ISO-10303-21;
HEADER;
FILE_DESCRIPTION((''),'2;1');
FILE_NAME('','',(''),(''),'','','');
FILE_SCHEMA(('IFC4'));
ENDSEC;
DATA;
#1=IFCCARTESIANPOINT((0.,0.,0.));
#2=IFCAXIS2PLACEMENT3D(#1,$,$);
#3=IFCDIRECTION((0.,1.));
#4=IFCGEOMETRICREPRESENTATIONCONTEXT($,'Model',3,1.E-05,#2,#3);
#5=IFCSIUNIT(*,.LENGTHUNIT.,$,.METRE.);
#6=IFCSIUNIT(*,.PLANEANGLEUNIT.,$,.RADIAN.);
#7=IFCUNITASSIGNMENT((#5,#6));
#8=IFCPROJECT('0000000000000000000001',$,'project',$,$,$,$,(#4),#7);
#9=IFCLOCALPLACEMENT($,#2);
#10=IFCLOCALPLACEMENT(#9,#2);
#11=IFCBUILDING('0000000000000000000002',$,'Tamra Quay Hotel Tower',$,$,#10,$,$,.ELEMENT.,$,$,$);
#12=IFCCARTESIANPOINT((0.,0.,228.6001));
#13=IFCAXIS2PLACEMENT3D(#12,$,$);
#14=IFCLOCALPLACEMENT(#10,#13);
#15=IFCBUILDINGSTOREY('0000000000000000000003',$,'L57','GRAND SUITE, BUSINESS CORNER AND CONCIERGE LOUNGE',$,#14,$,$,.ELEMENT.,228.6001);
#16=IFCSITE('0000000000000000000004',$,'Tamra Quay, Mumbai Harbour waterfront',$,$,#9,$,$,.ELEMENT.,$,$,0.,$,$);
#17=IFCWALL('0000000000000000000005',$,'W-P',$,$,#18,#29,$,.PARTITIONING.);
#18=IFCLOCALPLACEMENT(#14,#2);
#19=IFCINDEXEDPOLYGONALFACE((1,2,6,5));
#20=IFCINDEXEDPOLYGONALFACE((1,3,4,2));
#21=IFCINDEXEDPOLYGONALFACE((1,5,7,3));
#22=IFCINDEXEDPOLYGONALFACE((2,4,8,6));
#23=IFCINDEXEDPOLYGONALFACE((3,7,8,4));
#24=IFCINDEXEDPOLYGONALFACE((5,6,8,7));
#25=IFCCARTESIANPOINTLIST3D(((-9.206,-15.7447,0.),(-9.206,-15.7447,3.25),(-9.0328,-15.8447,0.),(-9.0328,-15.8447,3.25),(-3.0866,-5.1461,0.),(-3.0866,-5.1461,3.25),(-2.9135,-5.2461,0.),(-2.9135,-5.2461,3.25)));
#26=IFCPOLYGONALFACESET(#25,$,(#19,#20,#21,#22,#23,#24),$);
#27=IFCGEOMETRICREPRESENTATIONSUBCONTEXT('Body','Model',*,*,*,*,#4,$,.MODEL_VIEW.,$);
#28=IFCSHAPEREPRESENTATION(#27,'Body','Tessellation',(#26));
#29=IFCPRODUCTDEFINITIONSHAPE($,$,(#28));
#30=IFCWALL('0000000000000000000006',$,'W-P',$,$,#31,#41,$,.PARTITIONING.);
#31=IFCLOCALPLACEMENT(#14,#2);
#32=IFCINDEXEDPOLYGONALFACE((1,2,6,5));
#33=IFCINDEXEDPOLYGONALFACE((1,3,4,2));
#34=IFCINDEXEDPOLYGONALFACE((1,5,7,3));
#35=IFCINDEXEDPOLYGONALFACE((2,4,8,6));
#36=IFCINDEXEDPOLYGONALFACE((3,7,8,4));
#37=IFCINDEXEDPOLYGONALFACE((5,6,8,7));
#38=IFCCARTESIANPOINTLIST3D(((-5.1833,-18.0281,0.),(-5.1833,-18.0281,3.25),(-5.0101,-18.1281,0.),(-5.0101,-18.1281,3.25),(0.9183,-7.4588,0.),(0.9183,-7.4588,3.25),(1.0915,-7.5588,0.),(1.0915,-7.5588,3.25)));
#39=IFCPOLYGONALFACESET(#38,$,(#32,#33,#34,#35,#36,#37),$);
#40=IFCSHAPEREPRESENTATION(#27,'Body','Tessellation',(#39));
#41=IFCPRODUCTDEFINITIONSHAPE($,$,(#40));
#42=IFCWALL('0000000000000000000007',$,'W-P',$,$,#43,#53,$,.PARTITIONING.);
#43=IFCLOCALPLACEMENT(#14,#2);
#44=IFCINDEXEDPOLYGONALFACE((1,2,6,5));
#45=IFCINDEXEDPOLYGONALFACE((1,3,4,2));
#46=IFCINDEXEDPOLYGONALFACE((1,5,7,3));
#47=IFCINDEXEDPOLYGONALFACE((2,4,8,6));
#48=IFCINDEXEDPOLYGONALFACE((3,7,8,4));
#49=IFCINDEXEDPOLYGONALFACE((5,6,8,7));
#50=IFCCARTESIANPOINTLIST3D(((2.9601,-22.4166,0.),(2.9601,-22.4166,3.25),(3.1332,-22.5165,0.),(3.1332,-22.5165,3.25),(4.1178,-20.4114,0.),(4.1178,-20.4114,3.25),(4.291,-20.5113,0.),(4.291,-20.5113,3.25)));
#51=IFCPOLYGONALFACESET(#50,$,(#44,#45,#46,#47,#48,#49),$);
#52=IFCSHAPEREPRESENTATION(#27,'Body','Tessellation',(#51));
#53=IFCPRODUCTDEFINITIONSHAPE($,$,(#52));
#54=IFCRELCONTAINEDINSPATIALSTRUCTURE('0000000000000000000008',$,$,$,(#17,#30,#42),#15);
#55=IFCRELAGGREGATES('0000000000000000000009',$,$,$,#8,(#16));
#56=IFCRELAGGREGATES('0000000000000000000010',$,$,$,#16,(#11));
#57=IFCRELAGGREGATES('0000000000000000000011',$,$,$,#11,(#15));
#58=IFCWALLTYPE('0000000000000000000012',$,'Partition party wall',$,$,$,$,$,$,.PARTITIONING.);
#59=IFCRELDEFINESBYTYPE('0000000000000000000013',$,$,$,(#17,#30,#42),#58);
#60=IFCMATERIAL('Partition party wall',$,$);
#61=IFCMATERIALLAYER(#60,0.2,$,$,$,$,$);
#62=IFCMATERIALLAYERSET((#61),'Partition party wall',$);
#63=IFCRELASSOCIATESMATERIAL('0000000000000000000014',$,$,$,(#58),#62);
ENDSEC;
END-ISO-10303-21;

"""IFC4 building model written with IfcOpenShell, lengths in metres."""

from ifc_helpers import new_model, si_unit, direction, frame, frame_2d, origin, place, context, subcontext, project, spatial, rectangle, extrude, material, layer, layer_set, type_object, element, save


model = new_model("IFC4")

# Units and contexts
model_context = context("Model", 3, precision=1e-05, world=origin(), true_north=direction((0.0, 1.0)))
body_context = subcontext(model_context, "Body", "Model", "MODEL_VIEW")
ifc_project = project(units=[si_unit("LENGTHUNIT", "METRE"), si_unit("PLANEANGLEUNIT", "RADIAN")], contexts=[model_context])

# Site, building, storey
site_placement = place(None, origin())
site = spatial("IfcSite", under=ifc_project, at=site_placement, Name="Tamra Quay, Mumbai Harbour waterfront", CompositionType="ELEMENT", RefElevation=0.0)
building_placement = place(site_placement, origin())
building = spatial("IfcBuilding", under=site, at=building_placement, Name="Tamra Quay Hotel Tower", CompositionType="ELEMENT")
storey_placement = place(building_placement, frame((0.0, 0.0, 228.6001)))
storey = spatial("IfcBuildingStorey", under=building, at=storey_placement, Name="L57", Description="GRAND SUITE, BUSINESS CORNER AND CONCIERGE LOUNGE", CompositionType="ELEMENT", Elevation=228.6001)

# Walls
ifc_material_1 = material(Name="Partition party wall")
ifc_layer_1 = layer(ifc_material_1, 0.2)
ifc_layer_set_1 = layer_set([ifc_layer_1], Name="Partition party wall")
wall_type_1 = type_object("IfcWallType", Name="Partition party wall", PredefinedType="PARTITIONING", material=ifc_layer_set_1)
wall_1_placement = place(storey_placement, frame((-9.1194, -15.7947, 0.0), z_axis=(0.0, 0.0, 1.0), x_axis=(0.500016, 0.866016, 0.0)))
element("IfcWall", 1, at=wall_1_placement, inside=storey, type_object=wall_type_1, Name="W-P", PredefinedType="PARTITIONING", context=body_context, shape_type="SweptSolid", body=[
    extrude(rectangle(XDim=12.2383, YDim=0.2, at=frame_2d((6.1191, 0.0))), origin(), (0.0, 0.0, 1.0), 3.25),
])
wall_2_placement = place(storey_placement, frame((-5.0967, -18.0781, 0.0), z_axis=(0.0, 0.0, 1.0), x_axis=(0.49996, 0.866048, 0.0)))
element("IfcWall", 2, at=wall_2_placement, inside=storey, type_object=wall_type_1, Name="W-P", PredefinedType="PARTITIONING", context=body_context, shape_type="SweptSolid", body=[
    extrude(rectangle(XDim=12.2041, YDim=0.2, at=frame_2d((6.1021, 0.0))), origin(), (0.0, 0.0, 1.0), 3.25),
])
wall_3_placement = place(storey_placement, frame((3.0466, -22.4666, 0.0), z_axis=(0.0, 0.0, 1.0), x_axis=(0.500018, 0.866015, 0.0)))
element("IfcWall", 3, at=wall_3_placement, inside=storey, type_object=wall_type_1, Name="W-P", PredefinedType="PARTITIONING", context=body_context, shape_type="SweptSolid", body=[
    extrude(rectangle(XDim=2.3154, YDim=0.2, at=frame_2d((1.1577, 0.0))), origin(), (0.0, 0.0, 1.0), 3.25),
])

save(model, "model.ifc")
